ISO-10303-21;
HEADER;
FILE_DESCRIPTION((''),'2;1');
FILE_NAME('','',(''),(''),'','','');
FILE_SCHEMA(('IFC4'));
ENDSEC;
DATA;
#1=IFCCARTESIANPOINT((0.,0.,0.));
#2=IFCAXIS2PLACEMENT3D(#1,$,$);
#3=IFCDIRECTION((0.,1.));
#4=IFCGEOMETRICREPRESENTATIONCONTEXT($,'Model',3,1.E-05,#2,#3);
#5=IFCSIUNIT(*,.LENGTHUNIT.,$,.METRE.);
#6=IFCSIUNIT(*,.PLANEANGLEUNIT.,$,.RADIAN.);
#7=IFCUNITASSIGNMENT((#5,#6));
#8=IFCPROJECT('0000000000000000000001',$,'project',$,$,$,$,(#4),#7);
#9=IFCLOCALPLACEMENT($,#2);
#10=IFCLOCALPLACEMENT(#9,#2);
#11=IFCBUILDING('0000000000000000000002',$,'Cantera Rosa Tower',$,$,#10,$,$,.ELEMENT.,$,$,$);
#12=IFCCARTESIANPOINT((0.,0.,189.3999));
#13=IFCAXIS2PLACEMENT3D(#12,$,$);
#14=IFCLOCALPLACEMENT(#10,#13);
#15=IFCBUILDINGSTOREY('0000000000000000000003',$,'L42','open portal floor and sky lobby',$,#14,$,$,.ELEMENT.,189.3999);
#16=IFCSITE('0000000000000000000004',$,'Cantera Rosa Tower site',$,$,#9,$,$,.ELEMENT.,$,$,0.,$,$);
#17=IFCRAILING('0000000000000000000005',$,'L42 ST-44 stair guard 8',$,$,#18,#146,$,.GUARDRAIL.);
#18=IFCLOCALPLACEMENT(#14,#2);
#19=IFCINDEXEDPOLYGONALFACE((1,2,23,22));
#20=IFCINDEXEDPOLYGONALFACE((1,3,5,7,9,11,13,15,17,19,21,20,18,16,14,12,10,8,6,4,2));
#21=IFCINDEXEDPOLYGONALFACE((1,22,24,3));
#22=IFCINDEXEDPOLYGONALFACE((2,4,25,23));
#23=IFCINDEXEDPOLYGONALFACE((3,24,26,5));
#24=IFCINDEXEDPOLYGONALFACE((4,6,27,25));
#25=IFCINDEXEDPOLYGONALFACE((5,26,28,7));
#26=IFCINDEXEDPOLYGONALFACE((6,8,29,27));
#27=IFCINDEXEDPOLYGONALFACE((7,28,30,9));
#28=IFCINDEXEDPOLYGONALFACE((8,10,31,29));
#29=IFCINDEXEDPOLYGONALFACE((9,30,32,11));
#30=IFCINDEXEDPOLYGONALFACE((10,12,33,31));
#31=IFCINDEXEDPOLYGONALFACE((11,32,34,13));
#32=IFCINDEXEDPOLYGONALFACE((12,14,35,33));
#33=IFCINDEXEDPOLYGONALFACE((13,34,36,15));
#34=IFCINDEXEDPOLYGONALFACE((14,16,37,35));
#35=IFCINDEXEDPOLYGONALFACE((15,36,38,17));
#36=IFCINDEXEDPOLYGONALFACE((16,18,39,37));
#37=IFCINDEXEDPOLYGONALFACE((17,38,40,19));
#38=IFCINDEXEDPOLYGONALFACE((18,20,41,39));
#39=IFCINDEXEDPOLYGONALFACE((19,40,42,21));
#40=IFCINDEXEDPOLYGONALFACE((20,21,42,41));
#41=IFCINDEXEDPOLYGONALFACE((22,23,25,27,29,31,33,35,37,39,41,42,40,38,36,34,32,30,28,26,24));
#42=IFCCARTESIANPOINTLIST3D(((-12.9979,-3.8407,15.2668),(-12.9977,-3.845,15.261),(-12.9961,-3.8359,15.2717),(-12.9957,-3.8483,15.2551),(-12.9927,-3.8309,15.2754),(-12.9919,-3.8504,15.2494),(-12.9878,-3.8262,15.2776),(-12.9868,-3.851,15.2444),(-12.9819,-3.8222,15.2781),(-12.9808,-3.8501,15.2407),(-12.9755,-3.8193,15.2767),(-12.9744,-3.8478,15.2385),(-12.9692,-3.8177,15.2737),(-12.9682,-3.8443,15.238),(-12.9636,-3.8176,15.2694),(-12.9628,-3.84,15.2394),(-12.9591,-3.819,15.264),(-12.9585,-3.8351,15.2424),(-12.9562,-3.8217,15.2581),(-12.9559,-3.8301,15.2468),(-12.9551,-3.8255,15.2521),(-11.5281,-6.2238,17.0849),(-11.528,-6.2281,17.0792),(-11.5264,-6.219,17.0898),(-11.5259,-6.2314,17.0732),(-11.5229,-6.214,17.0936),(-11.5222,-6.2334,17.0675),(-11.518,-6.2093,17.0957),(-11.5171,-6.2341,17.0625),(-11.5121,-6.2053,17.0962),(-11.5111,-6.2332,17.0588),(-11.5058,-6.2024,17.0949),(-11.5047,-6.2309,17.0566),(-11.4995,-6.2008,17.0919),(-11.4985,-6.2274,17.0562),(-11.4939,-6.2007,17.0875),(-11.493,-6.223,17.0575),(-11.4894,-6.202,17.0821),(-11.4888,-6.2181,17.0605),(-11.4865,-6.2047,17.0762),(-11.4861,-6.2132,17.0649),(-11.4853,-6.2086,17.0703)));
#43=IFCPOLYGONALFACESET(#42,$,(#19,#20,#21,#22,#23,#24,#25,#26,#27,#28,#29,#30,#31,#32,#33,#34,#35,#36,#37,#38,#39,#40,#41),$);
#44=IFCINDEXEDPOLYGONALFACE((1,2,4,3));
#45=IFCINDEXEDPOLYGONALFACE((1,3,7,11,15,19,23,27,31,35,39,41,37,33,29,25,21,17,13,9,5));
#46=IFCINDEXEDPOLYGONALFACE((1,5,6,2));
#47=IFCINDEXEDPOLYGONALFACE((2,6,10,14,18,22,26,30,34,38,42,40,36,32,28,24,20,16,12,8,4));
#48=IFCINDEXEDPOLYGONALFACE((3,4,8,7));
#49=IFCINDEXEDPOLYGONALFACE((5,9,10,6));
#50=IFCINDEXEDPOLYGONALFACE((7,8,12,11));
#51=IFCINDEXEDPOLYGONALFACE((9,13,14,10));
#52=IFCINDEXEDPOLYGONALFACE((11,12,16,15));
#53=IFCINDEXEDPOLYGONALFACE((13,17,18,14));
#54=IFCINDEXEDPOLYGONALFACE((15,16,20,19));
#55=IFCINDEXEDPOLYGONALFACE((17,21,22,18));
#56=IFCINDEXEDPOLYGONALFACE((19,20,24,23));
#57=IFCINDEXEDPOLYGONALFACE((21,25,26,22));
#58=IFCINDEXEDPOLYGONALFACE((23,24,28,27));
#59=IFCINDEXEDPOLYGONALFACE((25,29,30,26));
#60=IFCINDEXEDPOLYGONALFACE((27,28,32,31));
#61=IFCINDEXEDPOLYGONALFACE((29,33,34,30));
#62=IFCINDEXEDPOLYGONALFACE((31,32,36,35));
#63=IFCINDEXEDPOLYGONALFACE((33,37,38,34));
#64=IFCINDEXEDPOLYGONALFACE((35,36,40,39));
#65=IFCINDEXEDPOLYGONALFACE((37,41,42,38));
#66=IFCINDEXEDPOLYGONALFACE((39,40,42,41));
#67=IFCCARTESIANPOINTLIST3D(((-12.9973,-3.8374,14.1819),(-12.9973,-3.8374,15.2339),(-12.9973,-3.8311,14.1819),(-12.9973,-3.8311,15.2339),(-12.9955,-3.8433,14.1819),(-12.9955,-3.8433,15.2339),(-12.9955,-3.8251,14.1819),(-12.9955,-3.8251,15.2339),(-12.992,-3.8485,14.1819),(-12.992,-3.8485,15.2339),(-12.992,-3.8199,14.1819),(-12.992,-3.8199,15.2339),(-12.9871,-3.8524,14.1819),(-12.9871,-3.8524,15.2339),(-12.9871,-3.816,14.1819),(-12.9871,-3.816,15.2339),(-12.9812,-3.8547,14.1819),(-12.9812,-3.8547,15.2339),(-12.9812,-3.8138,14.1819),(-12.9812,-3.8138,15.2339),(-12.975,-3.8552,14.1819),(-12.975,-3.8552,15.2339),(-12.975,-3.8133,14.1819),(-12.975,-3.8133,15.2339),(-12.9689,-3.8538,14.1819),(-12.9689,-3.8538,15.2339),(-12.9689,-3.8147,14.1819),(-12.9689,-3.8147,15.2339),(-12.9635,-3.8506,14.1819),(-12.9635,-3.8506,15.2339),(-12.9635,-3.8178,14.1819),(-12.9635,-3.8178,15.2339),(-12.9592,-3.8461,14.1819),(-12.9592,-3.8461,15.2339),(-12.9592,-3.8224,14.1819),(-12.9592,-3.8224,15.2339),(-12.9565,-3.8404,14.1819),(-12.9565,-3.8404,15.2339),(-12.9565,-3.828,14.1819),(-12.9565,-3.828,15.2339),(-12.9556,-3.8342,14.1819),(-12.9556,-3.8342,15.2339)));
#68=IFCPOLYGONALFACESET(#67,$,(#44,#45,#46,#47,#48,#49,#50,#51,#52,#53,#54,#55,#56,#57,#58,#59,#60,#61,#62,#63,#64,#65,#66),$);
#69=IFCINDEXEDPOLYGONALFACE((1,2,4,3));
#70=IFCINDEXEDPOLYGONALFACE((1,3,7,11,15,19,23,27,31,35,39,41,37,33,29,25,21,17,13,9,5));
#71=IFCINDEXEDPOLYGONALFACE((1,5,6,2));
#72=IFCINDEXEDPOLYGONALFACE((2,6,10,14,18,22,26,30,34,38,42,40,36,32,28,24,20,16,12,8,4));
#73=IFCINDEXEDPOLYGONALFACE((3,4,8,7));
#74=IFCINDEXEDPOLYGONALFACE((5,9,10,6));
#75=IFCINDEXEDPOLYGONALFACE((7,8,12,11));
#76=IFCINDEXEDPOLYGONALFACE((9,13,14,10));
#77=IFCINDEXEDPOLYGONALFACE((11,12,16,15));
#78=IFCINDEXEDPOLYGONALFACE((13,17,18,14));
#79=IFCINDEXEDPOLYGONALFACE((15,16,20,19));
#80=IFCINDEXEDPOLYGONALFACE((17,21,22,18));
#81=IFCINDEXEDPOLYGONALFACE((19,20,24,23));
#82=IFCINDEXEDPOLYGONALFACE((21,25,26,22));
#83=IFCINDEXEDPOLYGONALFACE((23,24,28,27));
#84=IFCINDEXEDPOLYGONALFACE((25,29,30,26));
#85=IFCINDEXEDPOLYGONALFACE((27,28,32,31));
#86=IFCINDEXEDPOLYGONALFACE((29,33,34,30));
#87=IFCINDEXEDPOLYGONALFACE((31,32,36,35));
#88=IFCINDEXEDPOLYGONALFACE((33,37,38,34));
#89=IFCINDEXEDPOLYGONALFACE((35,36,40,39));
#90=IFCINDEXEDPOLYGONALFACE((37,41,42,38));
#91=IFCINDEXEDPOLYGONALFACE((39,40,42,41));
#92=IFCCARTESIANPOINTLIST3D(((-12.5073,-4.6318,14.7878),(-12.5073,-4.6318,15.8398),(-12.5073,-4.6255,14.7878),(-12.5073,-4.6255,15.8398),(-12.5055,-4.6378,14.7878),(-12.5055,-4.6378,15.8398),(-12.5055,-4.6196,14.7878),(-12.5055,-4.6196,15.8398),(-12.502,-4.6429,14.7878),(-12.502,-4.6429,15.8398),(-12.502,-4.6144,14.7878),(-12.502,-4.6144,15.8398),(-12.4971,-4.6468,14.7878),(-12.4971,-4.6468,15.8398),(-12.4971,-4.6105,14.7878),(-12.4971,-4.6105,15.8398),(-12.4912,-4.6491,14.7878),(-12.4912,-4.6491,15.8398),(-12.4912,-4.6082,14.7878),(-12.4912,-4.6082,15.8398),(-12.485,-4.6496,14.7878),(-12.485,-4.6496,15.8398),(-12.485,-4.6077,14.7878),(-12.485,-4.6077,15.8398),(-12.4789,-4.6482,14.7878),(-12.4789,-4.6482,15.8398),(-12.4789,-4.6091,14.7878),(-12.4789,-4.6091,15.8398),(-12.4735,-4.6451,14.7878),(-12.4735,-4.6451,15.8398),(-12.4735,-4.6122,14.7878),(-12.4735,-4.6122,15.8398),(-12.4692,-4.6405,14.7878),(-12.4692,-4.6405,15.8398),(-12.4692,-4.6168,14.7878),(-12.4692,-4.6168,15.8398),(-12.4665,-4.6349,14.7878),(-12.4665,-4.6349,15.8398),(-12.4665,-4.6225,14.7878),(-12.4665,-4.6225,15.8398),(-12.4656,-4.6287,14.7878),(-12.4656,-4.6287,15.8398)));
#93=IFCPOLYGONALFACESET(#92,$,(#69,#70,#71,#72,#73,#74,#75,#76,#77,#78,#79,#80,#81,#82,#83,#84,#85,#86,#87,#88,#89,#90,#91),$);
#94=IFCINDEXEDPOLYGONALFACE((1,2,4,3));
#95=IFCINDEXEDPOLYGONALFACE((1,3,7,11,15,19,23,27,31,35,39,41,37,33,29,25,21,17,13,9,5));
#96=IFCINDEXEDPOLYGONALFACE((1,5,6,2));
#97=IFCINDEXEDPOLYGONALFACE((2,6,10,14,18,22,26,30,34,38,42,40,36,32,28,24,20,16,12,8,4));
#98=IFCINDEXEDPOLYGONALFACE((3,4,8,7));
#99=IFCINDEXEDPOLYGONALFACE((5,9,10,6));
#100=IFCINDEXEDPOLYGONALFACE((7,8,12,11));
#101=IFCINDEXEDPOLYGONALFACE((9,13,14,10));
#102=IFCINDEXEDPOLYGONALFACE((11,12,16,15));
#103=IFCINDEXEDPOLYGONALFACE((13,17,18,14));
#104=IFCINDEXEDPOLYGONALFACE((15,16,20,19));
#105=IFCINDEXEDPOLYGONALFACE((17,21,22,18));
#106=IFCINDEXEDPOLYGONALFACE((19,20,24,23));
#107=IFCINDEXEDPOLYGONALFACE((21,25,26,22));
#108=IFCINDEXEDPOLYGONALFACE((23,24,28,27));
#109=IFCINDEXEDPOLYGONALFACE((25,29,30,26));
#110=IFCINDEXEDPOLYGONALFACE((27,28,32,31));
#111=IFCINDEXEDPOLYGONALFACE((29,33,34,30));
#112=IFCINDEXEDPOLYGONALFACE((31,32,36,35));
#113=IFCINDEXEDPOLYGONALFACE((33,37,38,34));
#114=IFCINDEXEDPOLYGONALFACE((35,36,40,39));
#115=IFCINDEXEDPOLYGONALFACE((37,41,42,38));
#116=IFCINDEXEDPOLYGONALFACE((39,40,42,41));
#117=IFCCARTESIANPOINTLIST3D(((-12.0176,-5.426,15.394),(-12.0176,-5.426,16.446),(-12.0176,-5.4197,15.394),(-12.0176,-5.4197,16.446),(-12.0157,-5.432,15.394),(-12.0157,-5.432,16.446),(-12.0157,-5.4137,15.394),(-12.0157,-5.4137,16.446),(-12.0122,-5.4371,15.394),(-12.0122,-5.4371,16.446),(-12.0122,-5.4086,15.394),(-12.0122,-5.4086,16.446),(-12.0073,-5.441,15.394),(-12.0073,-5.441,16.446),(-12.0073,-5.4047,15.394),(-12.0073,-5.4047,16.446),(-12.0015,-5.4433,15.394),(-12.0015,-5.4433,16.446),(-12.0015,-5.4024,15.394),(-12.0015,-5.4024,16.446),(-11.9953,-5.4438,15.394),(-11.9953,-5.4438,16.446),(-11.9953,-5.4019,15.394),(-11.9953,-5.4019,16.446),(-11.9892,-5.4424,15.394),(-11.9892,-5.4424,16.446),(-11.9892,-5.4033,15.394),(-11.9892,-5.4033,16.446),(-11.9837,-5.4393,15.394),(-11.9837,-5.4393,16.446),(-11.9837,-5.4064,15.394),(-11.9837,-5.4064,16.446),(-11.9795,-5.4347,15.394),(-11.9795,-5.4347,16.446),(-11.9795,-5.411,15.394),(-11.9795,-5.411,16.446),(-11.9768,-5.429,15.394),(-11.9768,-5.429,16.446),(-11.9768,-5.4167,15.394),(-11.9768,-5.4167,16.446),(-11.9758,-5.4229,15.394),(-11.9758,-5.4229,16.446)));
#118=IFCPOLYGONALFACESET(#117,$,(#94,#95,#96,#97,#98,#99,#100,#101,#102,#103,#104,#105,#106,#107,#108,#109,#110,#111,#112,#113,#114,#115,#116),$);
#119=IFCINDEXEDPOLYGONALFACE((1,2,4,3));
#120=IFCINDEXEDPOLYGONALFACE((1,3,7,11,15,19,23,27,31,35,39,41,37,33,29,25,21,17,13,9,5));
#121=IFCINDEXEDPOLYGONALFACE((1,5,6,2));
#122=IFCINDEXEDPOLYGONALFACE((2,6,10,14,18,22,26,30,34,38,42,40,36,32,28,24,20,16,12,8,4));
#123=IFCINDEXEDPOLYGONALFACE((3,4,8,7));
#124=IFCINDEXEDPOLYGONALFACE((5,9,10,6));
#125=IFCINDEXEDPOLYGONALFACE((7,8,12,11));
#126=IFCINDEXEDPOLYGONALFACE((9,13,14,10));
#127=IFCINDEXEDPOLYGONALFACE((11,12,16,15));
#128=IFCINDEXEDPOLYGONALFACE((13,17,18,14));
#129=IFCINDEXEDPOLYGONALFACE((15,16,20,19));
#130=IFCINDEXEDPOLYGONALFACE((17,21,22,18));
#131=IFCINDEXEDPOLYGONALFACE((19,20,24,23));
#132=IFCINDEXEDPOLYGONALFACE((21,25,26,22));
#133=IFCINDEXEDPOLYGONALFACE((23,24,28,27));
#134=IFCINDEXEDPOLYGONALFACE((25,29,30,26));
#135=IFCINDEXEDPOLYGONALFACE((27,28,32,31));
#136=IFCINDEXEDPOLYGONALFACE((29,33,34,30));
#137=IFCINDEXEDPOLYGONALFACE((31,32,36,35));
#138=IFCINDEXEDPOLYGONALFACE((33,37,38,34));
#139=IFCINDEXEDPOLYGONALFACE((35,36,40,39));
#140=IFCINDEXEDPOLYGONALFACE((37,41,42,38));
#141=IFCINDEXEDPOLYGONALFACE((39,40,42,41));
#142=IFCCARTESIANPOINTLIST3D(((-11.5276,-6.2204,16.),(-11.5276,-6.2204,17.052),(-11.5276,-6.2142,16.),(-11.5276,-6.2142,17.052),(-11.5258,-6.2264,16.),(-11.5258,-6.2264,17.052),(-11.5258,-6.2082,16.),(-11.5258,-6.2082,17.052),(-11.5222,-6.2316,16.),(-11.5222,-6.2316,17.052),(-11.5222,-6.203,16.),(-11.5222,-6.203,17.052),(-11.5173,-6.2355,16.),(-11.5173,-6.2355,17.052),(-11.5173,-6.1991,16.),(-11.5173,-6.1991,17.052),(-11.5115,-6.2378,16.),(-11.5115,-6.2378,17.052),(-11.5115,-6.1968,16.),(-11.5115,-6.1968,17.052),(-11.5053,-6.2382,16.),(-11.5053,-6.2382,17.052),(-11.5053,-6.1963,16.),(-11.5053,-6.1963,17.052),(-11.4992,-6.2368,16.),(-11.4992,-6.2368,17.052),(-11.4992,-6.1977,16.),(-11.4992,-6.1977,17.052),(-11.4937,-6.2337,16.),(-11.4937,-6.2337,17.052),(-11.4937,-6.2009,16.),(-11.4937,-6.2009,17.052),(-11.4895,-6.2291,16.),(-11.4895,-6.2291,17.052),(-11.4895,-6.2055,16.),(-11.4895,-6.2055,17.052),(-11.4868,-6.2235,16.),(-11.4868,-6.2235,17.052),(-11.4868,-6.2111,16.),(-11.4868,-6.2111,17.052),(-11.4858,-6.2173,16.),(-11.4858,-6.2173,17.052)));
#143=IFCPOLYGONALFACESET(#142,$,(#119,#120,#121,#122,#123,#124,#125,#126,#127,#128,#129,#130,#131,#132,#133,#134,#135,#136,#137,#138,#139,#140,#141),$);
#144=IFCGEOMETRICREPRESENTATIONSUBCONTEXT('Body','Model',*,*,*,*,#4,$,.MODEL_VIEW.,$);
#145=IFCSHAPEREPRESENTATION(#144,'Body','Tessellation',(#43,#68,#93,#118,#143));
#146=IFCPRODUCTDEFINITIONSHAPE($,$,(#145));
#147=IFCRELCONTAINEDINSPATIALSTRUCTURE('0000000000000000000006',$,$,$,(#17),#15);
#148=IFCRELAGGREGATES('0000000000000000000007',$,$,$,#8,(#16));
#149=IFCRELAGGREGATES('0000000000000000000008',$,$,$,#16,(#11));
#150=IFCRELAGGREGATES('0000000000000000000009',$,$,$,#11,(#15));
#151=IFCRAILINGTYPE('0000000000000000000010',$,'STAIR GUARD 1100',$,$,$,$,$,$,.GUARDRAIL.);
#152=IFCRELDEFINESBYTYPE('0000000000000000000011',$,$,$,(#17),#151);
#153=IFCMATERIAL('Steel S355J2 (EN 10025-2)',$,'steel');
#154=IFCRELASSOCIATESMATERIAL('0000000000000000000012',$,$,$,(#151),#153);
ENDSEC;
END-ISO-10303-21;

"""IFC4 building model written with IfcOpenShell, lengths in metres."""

from ifc_helpers import new_model, si_unit, direction, frame, origin, origin_2d, place, context, subcontext, project, spatial, circle, extrude, material, type_object, element, save


model = new_model("IFC4")

# Units and contexts
model_context = context("Model", 3, precision=1e-05, world=origin(), true_north=direction((0.0, 1.0)))
body_context = subcontext(model_context, "Body", "Model", "MODEL_VIEW")
ifc_project = project(units=[si_unit("LENGTHUNIT", "METRE"), si_unit("PLANEANGLEUNIT", "RADIAN")], contexts=[model_context])

# Site, building, storey
site_placement = place(None, origin())
site = spatial("IfcSite", under=ifc_project, at=site_placement, Name="Cantera Rosa Tower site", CompositionType="ELEMENT", RefElevation=0.0)
building_placement = place(site_placement, origin())
building = spatial("IfcBuilding", under=site, at=building_placement, Name="Cantera Rosa Tower", CompositionType="ELEMENT")
storey_placement = place(building_placement, frame((0.0, 0.0, 189.3999)))
storey = spatial("IfcBuildingStorey", under=building, at=storey_placement, Name="L42", Description="open portal floor and sky lobby", CompositionType="ELEMENT", Elevation=189.3999)

# Railing
ifc_material_1 = material(Name="Steel S355J2 (EN 10025-2)", Category="steel")
railing_type_1 = type_object("IfcRailingType", Name="STAIR GUARD 1100", PredefinedType="GUARDRAIL", material=ifc_material_1)
railing_1_placement = place(storey_placement, frame((-12.9766, -3.8342, 14.1819)))
element("IfcRailing", 1, at=railing_1_placement, inside=storey, type_object=railing_type_1, Name="L42 ST-44 stair guard 8", PredefinedType="GUARDRAIL", context=body_context, shape_type="SweptSolid", body=[
    extrude(circle(Radius=0.0239, at=origin_2d()), frame((0.0, 0.0, 1.0762), z_axis=(0.440255, -0.713842, 0.544614), x_axis=(0.851143, 0.524934, 0.0)), (0.0, 0.0, 1.0), 3.3384),
    extrude(circle(Radius=0.021, at=origin_2d()), origin(), (0.0, 0.0, 1.0), 1.052),
    extrude(circle(Radius=0.021, at=origin_2d()), frame((0.49, -0.7944, 0.606)), (0.0, 0.0, 1.0), 1.052),
    extrude(circle(Radius=0.021, at=origin_2d()), frame((0.9797, -1.5886, 1.2122)), (0.0, 0.0, 1.0), 1.052),
    extrude(circle(Radius=0.021, at=origin_2d()), frame((1.4697, -2.3831, 1.8181)), (0.0, 0.0, 1.0), 1.052),
])

save(model, "model.ifc")
